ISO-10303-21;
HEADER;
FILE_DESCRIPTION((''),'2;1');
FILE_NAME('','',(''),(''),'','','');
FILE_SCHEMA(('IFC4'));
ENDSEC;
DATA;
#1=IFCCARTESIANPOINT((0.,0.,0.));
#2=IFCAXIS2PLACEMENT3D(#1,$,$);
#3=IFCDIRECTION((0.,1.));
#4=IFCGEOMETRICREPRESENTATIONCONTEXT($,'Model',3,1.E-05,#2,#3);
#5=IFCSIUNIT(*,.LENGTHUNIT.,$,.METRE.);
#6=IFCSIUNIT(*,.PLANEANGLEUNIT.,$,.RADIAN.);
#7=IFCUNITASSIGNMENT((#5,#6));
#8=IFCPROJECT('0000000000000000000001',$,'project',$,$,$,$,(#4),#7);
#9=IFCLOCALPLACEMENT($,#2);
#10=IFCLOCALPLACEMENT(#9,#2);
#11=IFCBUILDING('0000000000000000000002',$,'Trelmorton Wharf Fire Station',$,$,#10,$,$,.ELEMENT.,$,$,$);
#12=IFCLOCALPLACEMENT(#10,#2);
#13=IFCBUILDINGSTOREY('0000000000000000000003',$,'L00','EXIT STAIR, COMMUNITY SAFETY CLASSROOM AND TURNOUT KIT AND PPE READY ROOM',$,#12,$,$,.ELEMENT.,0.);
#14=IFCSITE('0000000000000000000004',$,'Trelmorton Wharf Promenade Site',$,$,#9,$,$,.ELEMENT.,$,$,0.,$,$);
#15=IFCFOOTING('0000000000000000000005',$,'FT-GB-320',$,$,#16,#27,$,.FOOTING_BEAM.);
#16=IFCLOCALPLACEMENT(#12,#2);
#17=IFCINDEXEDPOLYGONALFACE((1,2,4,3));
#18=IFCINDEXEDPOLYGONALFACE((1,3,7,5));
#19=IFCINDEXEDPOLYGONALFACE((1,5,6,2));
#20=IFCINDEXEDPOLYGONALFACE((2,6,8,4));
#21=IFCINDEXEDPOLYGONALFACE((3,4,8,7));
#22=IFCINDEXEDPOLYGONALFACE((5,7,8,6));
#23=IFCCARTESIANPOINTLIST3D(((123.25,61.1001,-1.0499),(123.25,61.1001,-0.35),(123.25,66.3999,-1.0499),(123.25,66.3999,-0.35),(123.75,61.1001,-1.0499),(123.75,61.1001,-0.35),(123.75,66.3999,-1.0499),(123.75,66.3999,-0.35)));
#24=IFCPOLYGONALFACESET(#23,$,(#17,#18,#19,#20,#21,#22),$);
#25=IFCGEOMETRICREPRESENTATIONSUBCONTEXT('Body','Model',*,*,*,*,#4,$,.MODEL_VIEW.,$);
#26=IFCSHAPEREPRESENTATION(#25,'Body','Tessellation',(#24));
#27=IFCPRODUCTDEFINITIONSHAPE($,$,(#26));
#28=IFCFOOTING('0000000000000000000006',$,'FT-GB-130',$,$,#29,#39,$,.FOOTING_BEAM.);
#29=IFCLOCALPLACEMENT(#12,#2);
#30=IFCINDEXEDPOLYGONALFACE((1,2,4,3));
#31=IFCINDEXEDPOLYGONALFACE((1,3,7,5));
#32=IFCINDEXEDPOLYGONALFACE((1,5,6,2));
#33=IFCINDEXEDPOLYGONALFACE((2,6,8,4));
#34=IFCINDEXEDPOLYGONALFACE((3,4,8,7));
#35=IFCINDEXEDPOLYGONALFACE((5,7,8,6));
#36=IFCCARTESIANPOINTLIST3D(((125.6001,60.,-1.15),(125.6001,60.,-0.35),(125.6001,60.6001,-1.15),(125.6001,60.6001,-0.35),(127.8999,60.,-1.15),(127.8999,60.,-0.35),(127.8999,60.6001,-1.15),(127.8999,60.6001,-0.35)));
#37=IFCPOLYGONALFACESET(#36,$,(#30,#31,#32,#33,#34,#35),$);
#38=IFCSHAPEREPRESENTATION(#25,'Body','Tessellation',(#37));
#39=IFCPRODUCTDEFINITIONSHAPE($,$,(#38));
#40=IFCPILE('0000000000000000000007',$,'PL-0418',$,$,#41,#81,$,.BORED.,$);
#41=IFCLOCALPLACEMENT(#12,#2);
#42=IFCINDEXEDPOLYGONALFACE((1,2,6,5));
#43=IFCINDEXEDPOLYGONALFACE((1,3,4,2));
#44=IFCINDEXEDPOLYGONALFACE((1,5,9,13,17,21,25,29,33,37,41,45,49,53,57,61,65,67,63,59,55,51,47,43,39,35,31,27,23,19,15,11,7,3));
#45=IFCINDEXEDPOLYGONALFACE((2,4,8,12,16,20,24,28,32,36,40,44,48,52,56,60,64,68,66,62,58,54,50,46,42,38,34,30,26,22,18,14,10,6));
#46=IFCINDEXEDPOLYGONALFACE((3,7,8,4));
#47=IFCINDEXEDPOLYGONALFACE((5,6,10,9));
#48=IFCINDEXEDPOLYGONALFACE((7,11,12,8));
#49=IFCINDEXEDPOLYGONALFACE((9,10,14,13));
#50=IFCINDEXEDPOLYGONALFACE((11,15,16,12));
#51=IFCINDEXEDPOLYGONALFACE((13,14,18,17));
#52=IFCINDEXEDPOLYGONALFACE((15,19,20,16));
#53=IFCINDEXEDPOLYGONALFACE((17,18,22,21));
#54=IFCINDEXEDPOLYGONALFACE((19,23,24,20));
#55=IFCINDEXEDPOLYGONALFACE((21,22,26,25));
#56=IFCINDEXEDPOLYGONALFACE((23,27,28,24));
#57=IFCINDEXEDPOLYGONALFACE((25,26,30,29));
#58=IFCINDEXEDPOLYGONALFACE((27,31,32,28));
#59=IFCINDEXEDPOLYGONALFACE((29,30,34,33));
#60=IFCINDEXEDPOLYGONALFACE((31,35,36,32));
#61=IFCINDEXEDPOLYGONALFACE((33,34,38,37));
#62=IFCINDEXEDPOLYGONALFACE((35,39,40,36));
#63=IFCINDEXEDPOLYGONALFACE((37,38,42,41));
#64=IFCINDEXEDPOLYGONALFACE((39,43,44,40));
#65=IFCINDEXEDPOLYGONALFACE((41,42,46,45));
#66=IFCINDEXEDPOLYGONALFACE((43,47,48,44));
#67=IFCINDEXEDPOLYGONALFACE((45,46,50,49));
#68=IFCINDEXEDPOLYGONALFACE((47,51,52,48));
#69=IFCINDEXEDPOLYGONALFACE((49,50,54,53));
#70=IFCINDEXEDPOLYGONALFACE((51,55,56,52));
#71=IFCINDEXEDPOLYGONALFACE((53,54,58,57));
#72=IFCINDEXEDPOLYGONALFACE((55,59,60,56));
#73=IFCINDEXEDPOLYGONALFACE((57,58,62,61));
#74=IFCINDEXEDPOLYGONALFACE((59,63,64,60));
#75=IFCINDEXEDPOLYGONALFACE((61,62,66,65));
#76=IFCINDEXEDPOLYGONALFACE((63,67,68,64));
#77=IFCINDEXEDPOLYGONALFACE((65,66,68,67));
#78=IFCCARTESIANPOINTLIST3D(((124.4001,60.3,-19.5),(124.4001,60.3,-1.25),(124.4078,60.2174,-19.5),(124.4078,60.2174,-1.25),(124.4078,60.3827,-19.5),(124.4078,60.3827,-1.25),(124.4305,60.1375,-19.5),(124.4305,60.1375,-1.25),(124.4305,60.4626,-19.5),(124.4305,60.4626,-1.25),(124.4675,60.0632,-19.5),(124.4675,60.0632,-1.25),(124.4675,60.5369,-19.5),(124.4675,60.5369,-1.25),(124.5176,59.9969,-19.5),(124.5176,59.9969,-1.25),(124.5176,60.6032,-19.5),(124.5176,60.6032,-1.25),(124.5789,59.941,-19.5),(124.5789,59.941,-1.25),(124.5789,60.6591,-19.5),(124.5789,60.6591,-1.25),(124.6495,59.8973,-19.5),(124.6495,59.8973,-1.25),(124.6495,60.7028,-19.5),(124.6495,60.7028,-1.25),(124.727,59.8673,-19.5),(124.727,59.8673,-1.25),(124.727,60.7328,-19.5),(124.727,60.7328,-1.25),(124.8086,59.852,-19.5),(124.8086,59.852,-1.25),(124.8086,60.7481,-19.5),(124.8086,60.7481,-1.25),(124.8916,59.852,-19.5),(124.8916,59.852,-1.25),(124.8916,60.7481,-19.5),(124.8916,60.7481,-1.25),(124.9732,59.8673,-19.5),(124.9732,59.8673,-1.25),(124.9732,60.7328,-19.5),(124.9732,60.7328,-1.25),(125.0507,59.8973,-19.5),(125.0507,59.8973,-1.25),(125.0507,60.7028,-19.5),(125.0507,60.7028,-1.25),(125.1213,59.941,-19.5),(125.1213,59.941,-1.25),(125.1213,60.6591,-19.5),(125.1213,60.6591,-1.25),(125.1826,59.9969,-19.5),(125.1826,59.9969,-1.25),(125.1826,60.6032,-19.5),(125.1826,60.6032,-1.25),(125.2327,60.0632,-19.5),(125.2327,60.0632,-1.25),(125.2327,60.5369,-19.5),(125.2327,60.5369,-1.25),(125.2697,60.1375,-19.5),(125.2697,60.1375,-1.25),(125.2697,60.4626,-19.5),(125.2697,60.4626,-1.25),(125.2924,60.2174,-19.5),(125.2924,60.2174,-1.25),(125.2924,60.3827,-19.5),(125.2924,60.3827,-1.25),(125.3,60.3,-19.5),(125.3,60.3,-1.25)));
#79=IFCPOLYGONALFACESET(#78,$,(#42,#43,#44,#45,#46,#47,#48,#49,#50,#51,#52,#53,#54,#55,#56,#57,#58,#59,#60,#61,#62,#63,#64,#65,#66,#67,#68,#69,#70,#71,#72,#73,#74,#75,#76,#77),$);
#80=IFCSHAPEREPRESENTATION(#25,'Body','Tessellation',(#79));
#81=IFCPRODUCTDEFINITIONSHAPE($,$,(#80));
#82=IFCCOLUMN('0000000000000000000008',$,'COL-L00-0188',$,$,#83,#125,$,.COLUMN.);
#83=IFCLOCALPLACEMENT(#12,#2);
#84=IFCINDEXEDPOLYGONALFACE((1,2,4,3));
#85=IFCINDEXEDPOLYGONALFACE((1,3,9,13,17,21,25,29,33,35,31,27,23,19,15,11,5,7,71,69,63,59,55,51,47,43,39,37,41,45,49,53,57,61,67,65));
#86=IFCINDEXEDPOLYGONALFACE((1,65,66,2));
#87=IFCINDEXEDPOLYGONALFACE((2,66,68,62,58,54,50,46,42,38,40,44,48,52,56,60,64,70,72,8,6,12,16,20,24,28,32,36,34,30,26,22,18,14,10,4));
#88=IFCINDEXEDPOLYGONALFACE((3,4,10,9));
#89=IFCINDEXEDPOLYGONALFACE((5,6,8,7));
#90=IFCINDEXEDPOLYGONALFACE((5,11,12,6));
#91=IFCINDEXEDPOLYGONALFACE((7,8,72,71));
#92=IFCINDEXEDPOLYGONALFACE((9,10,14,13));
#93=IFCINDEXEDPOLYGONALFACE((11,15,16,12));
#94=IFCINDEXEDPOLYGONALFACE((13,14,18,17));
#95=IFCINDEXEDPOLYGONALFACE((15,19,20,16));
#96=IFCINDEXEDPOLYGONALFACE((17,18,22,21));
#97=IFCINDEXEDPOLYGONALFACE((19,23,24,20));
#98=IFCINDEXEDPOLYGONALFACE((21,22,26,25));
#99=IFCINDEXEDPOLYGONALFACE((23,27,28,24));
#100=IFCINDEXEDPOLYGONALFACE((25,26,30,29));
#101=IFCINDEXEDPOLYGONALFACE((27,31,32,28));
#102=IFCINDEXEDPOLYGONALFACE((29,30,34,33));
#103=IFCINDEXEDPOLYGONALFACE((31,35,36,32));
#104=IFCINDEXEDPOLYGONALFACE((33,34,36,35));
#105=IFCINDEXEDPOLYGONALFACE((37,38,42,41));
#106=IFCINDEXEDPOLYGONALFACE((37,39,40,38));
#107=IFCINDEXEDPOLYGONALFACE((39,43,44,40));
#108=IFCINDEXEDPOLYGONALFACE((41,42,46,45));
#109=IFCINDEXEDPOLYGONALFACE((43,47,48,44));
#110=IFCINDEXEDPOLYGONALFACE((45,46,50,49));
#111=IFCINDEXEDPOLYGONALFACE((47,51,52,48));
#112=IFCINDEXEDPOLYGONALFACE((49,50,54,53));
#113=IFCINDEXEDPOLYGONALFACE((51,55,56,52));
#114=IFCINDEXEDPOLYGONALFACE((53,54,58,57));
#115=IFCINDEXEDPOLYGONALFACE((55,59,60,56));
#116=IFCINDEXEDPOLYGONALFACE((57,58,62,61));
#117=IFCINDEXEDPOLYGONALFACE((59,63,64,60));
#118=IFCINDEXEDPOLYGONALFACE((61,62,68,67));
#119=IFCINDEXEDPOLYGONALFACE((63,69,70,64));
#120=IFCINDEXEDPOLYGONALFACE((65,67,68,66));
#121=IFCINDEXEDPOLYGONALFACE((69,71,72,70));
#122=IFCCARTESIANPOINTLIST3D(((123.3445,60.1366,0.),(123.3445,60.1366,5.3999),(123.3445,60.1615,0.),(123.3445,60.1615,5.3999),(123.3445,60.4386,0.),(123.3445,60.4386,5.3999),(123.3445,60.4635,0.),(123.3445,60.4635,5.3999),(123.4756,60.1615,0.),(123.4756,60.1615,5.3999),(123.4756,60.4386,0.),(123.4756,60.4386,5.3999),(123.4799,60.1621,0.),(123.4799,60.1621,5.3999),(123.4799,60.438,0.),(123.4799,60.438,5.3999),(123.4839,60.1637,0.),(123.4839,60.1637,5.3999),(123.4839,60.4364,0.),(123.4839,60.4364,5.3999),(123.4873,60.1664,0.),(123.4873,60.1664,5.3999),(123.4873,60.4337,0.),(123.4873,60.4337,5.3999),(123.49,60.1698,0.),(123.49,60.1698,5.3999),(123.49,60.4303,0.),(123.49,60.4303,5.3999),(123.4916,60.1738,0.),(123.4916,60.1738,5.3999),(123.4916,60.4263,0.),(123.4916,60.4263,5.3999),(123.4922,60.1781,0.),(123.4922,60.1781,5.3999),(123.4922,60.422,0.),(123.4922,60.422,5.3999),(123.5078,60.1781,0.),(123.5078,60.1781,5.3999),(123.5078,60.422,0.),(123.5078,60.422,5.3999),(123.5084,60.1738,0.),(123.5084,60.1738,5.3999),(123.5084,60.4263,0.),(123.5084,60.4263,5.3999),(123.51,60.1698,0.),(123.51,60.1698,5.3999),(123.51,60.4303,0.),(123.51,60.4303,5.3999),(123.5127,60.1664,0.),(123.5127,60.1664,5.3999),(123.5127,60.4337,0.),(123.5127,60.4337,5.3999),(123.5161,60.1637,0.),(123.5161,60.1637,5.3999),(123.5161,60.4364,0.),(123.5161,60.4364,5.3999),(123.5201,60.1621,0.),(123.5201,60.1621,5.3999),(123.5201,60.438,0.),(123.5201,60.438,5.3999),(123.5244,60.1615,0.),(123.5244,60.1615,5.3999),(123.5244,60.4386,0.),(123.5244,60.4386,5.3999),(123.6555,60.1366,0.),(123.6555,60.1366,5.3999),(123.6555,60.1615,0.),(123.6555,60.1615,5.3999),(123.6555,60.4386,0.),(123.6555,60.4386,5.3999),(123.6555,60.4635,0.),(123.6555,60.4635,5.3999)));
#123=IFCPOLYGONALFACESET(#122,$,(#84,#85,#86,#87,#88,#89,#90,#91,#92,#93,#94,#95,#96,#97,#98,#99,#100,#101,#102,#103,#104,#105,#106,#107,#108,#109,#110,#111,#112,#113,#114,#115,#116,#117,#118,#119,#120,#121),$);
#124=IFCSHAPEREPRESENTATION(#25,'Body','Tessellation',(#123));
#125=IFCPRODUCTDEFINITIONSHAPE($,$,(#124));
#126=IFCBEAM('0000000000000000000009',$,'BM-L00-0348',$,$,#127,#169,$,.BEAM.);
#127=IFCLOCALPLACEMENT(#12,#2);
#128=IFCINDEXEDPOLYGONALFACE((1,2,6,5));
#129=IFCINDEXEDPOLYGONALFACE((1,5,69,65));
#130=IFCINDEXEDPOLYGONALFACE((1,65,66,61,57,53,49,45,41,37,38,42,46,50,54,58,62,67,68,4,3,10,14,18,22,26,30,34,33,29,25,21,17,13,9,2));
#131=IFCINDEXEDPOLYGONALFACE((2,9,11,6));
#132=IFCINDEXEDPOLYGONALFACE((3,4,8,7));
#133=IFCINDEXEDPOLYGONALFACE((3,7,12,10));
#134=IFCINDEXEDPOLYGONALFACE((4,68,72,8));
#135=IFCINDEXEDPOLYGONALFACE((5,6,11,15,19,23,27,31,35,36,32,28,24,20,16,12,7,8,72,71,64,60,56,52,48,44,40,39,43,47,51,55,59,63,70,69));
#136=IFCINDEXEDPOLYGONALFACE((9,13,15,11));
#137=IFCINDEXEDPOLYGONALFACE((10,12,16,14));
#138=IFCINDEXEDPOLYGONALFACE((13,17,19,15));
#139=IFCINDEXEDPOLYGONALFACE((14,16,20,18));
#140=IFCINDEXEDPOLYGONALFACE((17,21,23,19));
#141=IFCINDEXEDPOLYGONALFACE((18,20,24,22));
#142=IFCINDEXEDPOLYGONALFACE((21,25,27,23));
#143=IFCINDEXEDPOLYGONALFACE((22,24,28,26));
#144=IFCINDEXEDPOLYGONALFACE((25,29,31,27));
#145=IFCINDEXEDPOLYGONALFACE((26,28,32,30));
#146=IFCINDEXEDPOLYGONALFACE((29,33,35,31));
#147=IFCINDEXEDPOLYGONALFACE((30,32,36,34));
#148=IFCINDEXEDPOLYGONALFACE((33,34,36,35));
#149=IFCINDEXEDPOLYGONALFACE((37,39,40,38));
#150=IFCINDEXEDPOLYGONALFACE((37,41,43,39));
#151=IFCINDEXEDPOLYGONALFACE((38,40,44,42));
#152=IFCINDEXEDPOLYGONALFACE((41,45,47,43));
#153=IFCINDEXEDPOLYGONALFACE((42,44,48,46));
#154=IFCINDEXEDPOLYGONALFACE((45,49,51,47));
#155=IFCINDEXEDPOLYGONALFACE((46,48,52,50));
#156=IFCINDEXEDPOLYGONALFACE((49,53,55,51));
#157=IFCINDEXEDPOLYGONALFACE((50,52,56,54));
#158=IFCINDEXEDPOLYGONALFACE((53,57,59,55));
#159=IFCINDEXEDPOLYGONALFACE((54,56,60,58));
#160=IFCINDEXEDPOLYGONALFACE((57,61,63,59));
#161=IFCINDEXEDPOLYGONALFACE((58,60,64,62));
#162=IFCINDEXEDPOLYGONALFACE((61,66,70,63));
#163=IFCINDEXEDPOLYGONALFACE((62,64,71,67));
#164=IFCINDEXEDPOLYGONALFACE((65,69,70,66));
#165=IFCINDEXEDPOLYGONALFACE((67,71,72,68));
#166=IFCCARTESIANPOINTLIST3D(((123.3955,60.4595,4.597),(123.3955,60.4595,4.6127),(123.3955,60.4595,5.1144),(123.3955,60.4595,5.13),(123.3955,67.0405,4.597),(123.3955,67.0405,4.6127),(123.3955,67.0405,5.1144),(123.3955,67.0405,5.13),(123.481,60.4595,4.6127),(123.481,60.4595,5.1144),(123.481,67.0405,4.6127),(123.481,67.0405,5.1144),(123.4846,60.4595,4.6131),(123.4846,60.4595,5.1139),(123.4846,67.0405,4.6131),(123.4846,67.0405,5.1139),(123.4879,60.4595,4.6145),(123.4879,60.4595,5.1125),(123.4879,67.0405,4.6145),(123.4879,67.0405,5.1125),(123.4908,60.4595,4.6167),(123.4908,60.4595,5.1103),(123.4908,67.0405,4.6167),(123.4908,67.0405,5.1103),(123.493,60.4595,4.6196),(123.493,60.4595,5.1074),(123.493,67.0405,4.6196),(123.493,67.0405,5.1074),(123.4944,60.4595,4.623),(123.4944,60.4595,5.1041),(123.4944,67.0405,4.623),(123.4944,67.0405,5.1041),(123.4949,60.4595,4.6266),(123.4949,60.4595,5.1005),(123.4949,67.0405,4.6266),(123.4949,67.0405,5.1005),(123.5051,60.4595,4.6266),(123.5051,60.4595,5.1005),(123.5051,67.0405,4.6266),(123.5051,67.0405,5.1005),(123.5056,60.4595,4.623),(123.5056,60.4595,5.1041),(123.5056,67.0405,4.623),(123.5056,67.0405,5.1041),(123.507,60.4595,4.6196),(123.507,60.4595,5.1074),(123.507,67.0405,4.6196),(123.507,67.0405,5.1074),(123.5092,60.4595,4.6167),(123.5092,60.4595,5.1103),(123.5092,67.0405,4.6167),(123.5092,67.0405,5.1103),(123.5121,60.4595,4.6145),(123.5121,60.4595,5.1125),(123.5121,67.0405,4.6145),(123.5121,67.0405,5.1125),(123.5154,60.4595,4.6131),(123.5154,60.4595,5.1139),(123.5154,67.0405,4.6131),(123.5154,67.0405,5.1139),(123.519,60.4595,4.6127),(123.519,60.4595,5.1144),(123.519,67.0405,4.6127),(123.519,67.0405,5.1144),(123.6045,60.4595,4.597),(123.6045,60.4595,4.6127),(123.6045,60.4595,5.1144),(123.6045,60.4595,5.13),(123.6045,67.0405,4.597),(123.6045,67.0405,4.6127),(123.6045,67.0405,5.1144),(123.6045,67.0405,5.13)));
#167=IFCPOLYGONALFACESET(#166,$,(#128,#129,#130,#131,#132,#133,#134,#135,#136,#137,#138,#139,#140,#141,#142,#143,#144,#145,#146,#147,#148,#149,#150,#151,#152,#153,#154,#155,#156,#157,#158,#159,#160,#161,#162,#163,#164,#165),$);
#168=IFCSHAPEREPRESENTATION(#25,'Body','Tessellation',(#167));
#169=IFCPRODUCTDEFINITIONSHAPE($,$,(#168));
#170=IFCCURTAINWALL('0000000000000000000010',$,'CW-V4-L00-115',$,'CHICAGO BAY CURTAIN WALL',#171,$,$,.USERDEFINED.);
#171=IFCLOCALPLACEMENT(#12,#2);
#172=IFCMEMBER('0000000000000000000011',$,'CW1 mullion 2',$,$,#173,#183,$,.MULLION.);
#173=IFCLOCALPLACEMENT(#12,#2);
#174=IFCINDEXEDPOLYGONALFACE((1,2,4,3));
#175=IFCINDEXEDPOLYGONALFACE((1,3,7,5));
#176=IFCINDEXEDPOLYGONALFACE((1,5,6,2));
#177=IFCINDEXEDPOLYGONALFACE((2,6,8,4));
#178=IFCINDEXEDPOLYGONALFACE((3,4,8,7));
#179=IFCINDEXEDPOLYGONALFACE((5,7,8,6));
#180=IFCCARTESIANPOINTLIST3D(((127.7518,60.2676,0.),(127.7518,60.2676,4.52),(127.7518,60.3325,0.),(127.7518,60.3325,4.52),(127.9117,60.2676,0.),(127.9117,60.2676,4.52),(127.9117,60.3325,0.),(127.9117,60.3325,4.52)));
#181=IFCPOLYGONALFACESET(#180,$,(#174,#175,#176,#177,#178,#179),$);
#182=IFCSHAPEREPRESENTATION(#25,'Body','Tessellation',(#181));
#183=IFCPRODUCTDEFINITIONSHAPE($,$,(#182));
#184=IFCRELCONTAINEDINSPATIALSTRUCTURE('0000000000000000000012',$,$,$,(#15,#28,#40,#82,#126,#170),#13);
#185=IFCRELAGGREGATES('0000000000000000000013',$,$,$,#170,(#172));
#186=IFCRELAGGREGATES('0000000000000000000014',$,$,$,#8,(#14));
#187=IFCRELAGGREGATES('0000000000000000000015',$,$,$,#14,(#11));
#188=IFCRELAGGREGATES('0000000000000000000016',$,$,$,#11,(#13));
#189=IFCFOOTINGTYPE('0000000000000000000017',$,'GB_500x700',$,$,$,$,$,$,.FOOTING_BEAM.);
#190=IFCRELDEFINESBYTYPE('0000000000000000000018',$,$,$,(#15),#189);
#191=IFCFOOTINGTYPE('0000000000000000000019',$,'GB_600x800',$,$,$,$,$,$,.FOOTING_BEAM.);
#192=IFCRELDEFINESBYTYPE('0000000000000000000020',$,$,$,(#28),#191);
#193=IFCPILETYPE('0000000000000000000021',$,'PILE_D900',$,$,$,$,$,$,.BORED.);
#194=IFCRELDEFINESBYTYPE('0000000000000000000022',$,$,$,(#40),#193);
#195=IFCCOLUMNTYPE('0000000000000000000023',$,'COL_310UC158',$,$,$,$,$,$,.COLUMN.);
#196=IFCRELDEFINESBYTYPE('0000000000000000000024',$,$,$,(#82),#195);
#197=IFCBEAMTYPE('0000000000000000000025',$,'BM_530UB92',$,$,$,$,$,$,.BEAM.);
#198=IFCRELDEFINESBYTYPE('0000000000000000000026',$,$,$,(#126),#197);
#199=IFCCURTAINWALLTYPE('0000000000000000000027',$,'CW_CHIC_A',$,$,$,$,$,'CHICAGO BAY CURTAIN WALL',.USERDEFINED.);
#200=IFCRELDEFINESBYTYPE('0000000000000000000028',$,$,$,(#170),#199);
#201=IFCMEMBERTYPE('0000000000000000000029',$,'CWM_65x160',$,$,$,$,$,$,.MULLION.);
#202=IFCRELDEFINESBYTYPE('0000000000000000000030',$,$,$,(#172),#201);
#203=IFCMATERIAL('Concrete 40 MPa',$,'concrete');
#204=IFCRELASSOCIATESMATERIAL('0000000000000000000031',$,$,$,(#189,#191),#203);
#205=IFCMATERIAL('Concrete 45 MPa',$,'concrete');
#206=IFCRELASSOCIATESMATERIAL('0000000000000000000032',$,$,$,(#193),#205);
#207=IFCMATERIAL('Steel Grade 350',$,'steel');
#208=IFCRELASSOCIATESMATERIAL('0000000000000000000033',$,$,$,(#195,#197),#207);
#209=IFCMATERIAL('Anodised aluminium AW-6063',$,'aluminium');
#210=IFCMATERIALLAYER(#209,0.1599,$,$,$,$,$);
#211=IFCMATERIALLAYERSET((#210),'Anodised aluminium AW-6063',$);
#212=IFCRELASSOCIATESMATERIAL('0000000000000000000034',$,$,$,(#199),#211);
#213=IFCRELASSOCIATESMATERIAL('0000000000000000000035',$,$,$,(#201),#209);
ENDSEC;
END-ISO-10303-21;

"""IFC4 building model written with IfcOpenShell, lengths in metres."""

from ifc_helpers import new_model, si_unit, direction, frame, origin, origin_2d, place, context, subcontext, project, spatial, rectangle, circle, i_section, extrude, material, layer, layer_set, material_profile, profile_set, type_object, element, aggregate, save


model = new_model("IFC4")

# Units and contexts
model_context = context("Model", 3, precision=1e-05, world=origin(), true_north=direction((0.0, 1.0)))
body_context = subcontext(model_context, "Body", "Model", "MODEL_VIEW")
ifc_project = project(units=[si_unit("LENGTHUNIT", "METRE"), si_unit("PLANEANGLEUNIT", "RADIAN")], contexts=[model_context])

# Site, building, storey
site_placement = place(None, origin())
site = spatial("IfcSite", under=ifc_project, at=site_placement, Name="Trelmorton Wharf Promenade Site", CompositionType="ELEMENT", RefElevation=0.0)
building_placement = place(site_placement, origin())
building = spatial("IfcBuilding", under=site, at=building_placement, Name="Trelmorton Wharf Fire Station", CompositionType="ELEMENT")
storey_placement = place(building_placement, origin())
storey = spatial("IfcBuildingStorey", under=building, at=storey_placement, Name="L00", Description="EXIT STAIR, COMMUNITY SAFETY CLASSROOM AND TURNOUT KIT AND PPE READY ROOM", CompositionType="ELEMENT", Elevation=0.0)

# Footings
ifc_material_1 = material(Name="Concrete 40 MPa", Category="concrete")
ifc_material_profile_1 = material_profile(ifc_material_1, rectangle(XDim=0.5, YDim=0.7, at=origin_2d()), Name="RC500x700")
ifc_profile_set_1 = profile_set([ifc_material_profile_1], Name="Concrete 40 MPa")
footing_type_1 = type_object("IfcFootingType", Name="GB_500x700", PredefinedType="FOOTING_BEAM", material=ifc_profile_set_1)
footing_1_placement = place(storey_placement, frame((123.5, 61.1001, -0.7), z_axis=(0.0, 1.0, 0.0), x_axis=(-1.0, 0.0, 0.0)))
element("IfcFooting", 1, at=footing_1_placement, inside=storey, type_object=footing_type_1, Name="FT-GB-320", PredefinedType="FOOTING_BEAM", context=body_context, shape_type="SweptSolid", body=[
    extrude(rectangle(XDim=0.5, YDim=0.7, at=origin_2d()), origin(), (0.0, 0.0, 1.0), 5.2998),
])
ifc_material_profile_2 = material_profile(ifc_material_1, rectangle(XDim=0.6001, YDim=0.8, at=origin_2d()), Name="RC600x800")
ifc_profile_set_2 = profile_set([ifc_material_profile_2], Name="Concrete 40 MPa")
footing_type_2 = type_object("IfcFootingType", Name="GB_600x800", PredefinedType="FOOTING_BEAM", material=ifc_profile_set_2)
footing_2_placement = place(storey_placement, frame((125.6001, 60.3, -0.75), z_axis=(1.0, 0.0, 0.0), x_axis=(0.0, 1.0, 0.0)))
element("IfcFooting", 2, at=footing_2_placement, inside=storey, type_object=footing_type_2, Name="FT-GB-130", PredefinedType="FOOTING_BEAM", context=body_context, shape_type="SweptSolid", body=[
    extrude(rectangle(XDim=0.6001, YDim=0.8, at=origin_2d()), origin(), (0.0, 0.0, 1.0), 2.2998),
])

# Pile
ifc_material_2 = material(Name="Concrete 45 MPa", Category="concrete")
ifc_material_profile_3 = material_profile(ifc_material_2, circle(Radius=0.45, at=origin_2d()), Name="PILE-D900")
ifc_profile_set_3 = profile_set([ifc_material_profile_3], Name="Concrete 45 MPa")
pile_type = type_object("IfcPileType", Name="PILE_D900", PredefinedType="BORED", material=ifc_profile_set_3)
pile_placement = place(storey_placement, frame((124.8501, 60.3, -1.25), z_axis=(0.0, 0.0, -1.0), x_axis=(1.0, 0.0, 0.0)))
element("IfcPile", 3, at=pile_placement, inside=storey, type_object=pile_type, Name="PL-0418", PredefinedType="BORED", context=body_context, shape_type="SweptSolid", body=[
    extrude(circle(Radius=0.45, at=origin_2d()), origin(), (0.0, 0.0, 1.0), 18.25),
])

# Column
ifc_material_3 = material(Name="Steel Grade 350", Category="steel")
ifc_material_profile_4 = material_profile(ifc_material_3, i_section(OverallWidth=0.311, OverallDepth=0.3269, WebThickness=0.0156, FlangeThickness=0.0249, FilletRadius=0.0166, at=origin_2d()), Name="310UC158")
ifc_profile_set_4 = profile_set([ifc_material_profile_4], Name="Steel Grade 350")
column_type = type_object("IfcColumnType", Name="COL_310UC158", PredefinedType="COLUMN", material=ifc_profile_set_4)
column_placement = place(storey_placement, frame((123.5, 60.3, 0.0), z_axis=(0.0, 0.0, 1.0), x_axis=(1.0, 0.0, 0.0)))
element("IfcColumn", 4, at=column_placement, inside=storey, type_object=column_type, Name="COL-L00-0188", PredefinedType="COLUMN", context=body_context, shape_type="SweptSolid", body=[
    extrude(i_section(OverallWidth=0.311, OverallDepth=0.3269, WebThickness=0.0156, FlangeThickness=0.0249, FilletRadius=0.0166, at=origin_2d()), origin(), (0.0, 0.0, 1.0), 5.3999),
])

# Beam
ifc_material_profile_5 = material_profile(ifc_material_3, i_section(OverallWidth=0.209, OverallDepth=0.533, WebThickness=0.0103, FlangeThickness=0.0156, FilletRadius=0.0139, at=origin_2d()), Name="530UB92.4")
ifc_profile_set_5 = profile_set([ifc_material_profile_5], Name="Steel Grade 350")
beam_type_1 = type_object("IfcBeamType", Name="BM_530UB92", PredefinedType="BEAM", material=ifc_profile_set_5)
beam_1_placement = place(storey_placement, frame((123.5, 60.4595, 4.8635), z_axis=(0.0, 1.0, 0.0), x_axis=(-1.0, 0.0, 0.0)))
element("IfcBeam", 5, at=beam_1_placement, inside=storey, type_object=beam_type_1, Name="BM-L00-0348", PredefinedType="BEAM", context=body_context, shape_type="SweptSolid", body=[
    extrude(i_section(OverallWidth=0.209, OverallDepth=0.533, WebThickness=0.0103, FlangeThickness=0.0156, FilletRadius=0.0139, at=origin_2d()), origin(), (0.0, 0.0, 1.0), 6.5811),
])

# Curtain wall, member
ifc_material_4 = material(Name="Anodised aluminium AW-6063", Category="aluminium")
ifc_layer_1 = layer(ifc_material_4, 0.1599)
ifc_layer_set_1 = layer_set([ifc_layer_1], Name="Anodised aluminium AW-6063")
curtain_wall_type = type_object("IfcCurtainWallType", Name="CW_CHIC_A", ElementType="CHICAGO BAY CURTAIN WALL", PredefinedType="USERDEFINED", material=ifc_layer_set_1)
curtain_wall_placement = place(storey_placement, origin())
curtain_wall = element("IfcCurtainWall", 6, at=curtain_wall_placement, inside=storey, type_object=curtain_wall_type, Name="CW-V4-L00-115", ObjectType="CHICAGO BAY CURTAIN WALL", PredefinedType="USERDEFINED")
ifc_material_profile_6 = material_profile(ifc_material_4, rectangle(XDim=0.0649, YDim=0.1599, at=origin_2d()), Name="ALU-65x160")
ifc_profile_set_6 = profile_set([ifc_material_profile_6], Name="Anodised aluminium AW-6063")
member_type_1 = type_object("IfcMemberType", Name="CWM_65x160", PredefinedType="MULLION", material=ifc_profile_set_6)
member_1_placement = place(storey_placement, frame((127.8318, 60.3, 0.0), z_axis=(0.0, 0.0, 1.0), x_axis=(0.0, -1.0, 0.0)))
member_1 = element("IfcMember", 7, at=member_1_placement, type_object=member_type_1, Name="CW1 mullion 2", PredefinedType="MULLION", context=body_context, shape_type="SweptSolid", body=[
    extrude(rectangle(XDim=0.0649, YDim=0.1599, at=origin_2d()), origin(), (0.0, 0.0, 1.0), 4.52),
])

aggregate(curtain_wall, [member_1])

save(model, "model.ifc")
